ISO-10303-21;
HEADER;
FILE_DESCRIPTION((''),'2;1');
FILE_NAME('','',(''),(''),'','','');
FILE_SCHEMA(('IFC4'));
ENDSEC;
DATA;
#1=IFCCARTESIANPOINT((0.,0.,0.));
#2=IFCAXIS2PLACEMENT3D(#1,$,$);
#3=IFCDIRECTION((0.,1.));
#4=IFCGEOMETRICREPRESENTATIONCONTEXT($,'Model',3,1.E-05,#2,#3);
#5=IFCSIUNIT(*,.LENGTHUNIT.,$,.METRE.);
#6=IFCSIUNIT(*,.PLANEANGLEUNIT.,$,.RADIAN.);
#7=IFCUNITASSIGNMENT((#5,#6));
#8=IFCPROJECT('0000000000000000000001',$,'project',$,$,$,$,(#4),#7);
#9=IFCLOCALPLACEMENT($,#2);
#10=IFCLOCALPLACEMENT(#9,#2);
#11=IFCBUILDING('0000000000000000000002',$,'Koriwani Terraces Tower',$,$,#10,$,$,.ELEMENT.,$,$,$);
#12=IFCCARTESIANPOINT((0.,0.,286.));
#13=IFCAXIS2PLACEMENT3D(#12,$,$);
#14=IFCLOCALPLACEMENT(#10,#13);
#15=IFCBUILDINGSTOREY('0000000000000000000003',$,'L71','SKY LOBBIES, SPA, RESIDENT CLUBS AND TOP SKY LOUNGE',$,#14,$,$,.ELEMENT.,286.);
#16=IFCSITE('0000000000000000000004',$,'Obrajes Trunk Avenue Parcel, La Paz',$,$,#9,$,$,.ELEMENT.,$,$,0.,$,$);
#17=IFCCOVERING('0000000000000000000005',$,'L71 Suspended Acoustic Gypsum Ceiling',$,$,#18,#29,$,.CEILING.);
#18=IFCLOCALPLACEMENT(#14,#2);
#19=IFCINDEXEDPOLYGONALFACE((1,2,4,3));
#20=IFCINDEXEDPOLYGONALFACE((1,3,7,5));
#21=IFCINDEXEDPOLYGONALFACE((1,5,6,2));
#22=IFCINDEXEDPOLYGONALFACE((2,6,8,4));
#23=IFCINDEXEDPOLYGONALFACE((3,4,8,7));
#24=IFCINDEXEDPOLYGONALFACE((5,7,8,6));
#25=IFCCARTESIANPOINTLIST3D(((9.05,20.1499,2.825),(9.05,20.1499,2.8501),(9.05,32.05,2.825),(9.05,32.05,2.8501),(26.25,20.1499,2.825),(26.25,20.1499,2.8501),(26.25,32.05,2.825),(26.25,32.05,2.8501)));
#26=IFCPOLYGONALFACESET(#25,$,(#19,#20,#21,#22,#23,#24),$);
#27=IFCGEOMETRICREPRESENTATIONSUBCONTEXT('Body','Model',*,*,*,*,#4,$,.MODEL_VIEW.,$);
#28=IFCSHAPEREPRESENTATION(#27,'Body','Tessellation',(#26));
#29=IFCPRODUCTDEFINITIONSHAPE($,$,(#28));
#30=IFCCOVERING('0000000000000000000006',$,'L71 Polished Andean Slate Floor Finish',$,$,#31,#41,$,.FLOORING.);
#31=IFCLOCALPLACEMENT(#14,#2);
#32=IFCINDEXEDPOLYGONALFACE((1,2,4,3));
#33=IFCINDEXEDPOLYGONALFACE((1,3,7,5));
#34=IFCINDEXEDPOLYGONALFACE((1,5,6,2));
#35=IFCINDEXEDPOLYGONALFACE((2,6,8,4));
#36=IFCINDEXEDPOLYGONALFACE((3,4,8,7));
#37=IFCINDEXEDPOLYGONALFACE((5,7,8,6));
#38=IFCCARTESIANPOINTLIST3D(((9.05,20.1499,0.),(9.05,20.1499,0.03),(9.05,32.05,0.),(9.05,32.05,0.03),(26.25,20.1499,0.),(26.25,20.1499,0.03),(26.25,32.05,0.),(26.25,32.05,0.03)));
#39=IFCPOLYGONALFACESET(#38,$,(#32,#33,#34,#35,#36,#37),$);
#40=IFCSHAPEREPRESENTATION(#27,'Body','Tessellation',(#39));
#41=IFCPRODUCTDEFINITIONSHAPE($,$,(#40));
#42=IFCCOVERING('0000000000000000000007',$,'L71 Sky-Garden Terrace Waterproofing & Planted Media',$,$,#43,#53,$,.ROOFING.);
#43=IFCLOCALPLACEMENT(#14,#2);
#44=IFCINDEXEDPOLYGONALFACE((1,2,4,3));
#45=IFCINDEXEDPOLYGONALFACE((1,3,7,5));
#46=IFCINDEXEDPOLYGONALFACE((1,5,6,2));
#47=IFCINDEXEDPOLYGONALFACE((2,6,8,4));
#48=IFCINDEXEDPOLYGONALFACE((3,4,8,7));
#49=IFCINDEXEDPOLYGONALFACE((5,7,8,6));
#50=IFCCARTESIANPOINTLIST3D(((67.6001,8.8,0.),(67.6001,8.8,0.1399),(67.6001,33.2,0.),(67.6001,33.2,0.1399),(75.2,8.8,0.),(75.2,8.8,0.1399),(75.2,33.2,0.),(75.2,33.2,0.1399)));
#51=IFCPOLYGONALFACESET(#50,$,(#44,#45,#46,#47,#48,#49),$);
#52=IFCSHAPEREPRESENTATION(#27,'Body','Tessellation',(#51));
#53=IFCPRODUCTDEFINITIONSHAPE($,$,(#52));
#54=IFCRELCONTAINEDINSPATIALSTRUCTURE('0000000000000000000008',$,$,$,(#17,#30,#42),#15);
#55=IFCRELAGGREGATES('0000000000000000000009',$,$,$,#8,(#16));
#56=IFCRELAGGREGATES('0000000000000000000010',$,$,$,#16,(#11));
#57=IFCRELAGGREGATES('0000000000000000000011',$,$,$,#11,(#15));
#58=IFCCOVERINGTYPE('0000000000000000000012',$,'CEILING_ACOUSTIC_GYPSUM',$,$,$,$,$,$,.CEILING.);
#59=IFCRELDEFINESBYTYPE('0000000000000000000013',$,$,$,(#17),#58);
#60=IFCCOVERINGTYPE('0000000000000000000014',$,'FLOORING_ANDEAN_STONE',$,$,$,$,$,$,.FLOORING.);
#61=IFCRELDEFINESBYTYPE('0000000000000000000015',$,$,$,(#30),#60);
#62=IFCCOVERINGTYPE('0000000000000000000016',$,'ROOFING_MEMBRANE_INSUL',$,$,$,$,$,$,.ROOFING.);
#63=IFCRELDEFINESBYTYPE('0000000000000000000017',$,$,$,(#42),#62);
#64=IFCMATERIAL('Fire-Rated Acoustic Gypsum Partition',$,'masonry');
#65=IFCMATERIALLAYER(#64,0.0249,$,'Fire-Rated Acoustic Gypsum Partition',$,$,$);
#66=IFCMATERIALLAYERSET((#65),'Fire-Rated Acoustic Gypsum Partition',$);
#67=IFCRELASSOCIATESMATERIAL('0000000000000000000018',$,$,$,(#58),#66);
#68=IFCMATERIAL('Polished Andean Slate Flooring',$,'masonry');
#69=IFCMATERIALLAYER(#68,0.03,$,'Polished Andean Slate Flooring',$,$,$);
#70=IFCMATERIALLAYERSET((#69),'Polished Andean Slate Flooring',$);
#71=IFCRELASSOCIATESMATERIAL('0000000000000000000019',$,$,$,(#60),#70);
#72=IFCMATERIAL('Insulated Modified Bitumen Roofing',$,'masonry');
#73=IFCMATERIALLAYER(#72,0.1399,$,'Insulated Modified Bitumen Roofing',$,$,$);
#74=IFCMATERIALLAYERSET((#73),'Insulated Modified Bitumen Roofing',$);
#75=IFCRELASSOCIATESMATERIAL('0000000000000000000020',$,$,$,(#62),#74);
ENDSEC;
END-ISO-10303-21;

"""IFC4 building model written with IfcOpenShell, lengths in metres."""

from ifc_helpers import new_model, si_unit, direction, frame, origin, place, context, subcontext, project, spatial, polyline, outline, extrude, material, layer, layer_set, type_object, element, save


model = new_model("IFC4")

# Units and contexts
model_context = context("Model", 3, precision=1e-05, world=origin(), true_north=direction((0.0, 1.0)))
body_context = subcontext(model_context, "Body", "Model", "MODEL_VIEW")
ifc_project = project(units=[si_unit("LENGTHUNIT", "METRE"), si_unit("PLANEANGLEUNIT", "RADIAN")], contexts=[model_context])

# Site, building, storey
site_placement = place(None, origin())
site = spatial("IfcSite", under=ifc_project, at=site_placement, Name="Obrajes Trunk Avenue Parcel, La Paz", CompositionType="ELEMENT", RefElevation=0.0)
building_placement = place(site_placement, origin())
building = spatial("IfcBuilding", under=site, at=building_placement, Name="Koriwani Terraces Tower", CompositionType="ELEMENT")
storey_placement = place(building_placement, frame((0.0, 0.0, 286.0)))
storey = spatial("IfcBuildingStorey", under=building, at=storey_placement, Name="L71", Description="SKY LOBBIES, SPA, RESIDENT CLUBS AND TOP SKY LOUNGE", CompositionType="ELEMENT", Elevation=286.0)

# Coverings
ifc_material_1 = material(Name="Fire-Rated Acoustic Gypsum Partition", Category="masonry")
ifc_layer_1 = layer(ifc_material_1, 0.0249, Name="Fire-Rated Acoustic Gypsum Partition")
ifc_layer_set_1 = layer_set([ifc_layer_1], Name="Fire-Rated Acoustic Gypsum Partition")
covering_type_1 = type_object("IfcCoveringType", Name="CEILING_ACOUSTIC_GYPSUM", PredefinedType="CEILING", material=ifc_layer_set_1)
covering_1_placement = place(storey_placement, frame((0.0, 0.0, 2.825)))
element("IfcCovering", 1, at=covering_1_placement, inside=storey, type_object=covering_type_1, Name="L71 Suspended Acoustic Gypsum Ceiling", PredefinedType="CEILING", context=body_context, shape_type="SweptSolid", body=[
    extrude(outline(polyline([(9.05, 20.1499), (9.05, 32.05), (26.25, 32.05), (26.25, 20.1499), (9.05, 20.1499)])), origin(), (0.0, 0.0, 1.0), 0.0251),
])
ifc_material_2 = material(Name="Polished Andean Slate Flooring", Category="masonry")
ifc_layer_2 = layer(ifc_material_2, 0.03, Name="Polished Andean Slate Flooring")
ifc_layer_set_2 = layer_set([ifc_layer_2], Name="Polished Andean Slate Flooring")
covering_type_2 = type_object("IfcCoveringType", Name="FLOORING_ANDEAN_STONE", PredefinedType="FLOORING", material=ifc_layer_set_2)
covering_2_placement = place(storey_placement, origin())
element("IfcCovering", 2, at=covering_2_placement, inside=storey, type_object=covering_type_2, Name="L71 Polished Andean Slate Floor Finish", PredefinedType="FLOORING", context=body_context, shape_type="SweptSolid", body=[
    extrude(outline(polyline([(9.05, 20.1499), (9.05, 32.05), (26.25, 32.05), (26.25, 20.1499), (9.05, 20.1499)])), origin(), (0.0, 0.0, 1.0), 0.03),
])

# Covering
ifc_material_3 = material(Name="Insulated Modified Bitumen Roofing", Category="masonry")
ifc_layer_3 = layer(ifc_material_3, 0.1399, Name="Insulated Modified Bitumen Roofing")
ifc_layer_set_3 = layer_set([ifc_layer_3], Name="Insulated Modified Bitumen Roofing")
covering_type_3 = type_object("IfcCoveringType", Name="ROOFING_MEMBRANE_INSUL", PredefinedType="ROOFING", material=ifc_layer_set_3)
covering_3_placement = place(storey_placement, origin())
element("IfcCovering", 3, at=covering_3_placement, inside=storey, type_object=covering_type_3, Name="L71 Sky-Garden Terrace Waterproofing & Planted Media", PredefinedType="ROOFING", context=body_context, shape_type="SweptSolid", body=[
    extrude(outline(polyline([(67.6001, 8.8), (67.6001, 33.2), (75.2, 33.2), (75.2, 8.8), (67.6001, 8.8)])), origin(), (0.0, 0.0, 1.0), 0.1399),
])

save(model, "model.ifc")
